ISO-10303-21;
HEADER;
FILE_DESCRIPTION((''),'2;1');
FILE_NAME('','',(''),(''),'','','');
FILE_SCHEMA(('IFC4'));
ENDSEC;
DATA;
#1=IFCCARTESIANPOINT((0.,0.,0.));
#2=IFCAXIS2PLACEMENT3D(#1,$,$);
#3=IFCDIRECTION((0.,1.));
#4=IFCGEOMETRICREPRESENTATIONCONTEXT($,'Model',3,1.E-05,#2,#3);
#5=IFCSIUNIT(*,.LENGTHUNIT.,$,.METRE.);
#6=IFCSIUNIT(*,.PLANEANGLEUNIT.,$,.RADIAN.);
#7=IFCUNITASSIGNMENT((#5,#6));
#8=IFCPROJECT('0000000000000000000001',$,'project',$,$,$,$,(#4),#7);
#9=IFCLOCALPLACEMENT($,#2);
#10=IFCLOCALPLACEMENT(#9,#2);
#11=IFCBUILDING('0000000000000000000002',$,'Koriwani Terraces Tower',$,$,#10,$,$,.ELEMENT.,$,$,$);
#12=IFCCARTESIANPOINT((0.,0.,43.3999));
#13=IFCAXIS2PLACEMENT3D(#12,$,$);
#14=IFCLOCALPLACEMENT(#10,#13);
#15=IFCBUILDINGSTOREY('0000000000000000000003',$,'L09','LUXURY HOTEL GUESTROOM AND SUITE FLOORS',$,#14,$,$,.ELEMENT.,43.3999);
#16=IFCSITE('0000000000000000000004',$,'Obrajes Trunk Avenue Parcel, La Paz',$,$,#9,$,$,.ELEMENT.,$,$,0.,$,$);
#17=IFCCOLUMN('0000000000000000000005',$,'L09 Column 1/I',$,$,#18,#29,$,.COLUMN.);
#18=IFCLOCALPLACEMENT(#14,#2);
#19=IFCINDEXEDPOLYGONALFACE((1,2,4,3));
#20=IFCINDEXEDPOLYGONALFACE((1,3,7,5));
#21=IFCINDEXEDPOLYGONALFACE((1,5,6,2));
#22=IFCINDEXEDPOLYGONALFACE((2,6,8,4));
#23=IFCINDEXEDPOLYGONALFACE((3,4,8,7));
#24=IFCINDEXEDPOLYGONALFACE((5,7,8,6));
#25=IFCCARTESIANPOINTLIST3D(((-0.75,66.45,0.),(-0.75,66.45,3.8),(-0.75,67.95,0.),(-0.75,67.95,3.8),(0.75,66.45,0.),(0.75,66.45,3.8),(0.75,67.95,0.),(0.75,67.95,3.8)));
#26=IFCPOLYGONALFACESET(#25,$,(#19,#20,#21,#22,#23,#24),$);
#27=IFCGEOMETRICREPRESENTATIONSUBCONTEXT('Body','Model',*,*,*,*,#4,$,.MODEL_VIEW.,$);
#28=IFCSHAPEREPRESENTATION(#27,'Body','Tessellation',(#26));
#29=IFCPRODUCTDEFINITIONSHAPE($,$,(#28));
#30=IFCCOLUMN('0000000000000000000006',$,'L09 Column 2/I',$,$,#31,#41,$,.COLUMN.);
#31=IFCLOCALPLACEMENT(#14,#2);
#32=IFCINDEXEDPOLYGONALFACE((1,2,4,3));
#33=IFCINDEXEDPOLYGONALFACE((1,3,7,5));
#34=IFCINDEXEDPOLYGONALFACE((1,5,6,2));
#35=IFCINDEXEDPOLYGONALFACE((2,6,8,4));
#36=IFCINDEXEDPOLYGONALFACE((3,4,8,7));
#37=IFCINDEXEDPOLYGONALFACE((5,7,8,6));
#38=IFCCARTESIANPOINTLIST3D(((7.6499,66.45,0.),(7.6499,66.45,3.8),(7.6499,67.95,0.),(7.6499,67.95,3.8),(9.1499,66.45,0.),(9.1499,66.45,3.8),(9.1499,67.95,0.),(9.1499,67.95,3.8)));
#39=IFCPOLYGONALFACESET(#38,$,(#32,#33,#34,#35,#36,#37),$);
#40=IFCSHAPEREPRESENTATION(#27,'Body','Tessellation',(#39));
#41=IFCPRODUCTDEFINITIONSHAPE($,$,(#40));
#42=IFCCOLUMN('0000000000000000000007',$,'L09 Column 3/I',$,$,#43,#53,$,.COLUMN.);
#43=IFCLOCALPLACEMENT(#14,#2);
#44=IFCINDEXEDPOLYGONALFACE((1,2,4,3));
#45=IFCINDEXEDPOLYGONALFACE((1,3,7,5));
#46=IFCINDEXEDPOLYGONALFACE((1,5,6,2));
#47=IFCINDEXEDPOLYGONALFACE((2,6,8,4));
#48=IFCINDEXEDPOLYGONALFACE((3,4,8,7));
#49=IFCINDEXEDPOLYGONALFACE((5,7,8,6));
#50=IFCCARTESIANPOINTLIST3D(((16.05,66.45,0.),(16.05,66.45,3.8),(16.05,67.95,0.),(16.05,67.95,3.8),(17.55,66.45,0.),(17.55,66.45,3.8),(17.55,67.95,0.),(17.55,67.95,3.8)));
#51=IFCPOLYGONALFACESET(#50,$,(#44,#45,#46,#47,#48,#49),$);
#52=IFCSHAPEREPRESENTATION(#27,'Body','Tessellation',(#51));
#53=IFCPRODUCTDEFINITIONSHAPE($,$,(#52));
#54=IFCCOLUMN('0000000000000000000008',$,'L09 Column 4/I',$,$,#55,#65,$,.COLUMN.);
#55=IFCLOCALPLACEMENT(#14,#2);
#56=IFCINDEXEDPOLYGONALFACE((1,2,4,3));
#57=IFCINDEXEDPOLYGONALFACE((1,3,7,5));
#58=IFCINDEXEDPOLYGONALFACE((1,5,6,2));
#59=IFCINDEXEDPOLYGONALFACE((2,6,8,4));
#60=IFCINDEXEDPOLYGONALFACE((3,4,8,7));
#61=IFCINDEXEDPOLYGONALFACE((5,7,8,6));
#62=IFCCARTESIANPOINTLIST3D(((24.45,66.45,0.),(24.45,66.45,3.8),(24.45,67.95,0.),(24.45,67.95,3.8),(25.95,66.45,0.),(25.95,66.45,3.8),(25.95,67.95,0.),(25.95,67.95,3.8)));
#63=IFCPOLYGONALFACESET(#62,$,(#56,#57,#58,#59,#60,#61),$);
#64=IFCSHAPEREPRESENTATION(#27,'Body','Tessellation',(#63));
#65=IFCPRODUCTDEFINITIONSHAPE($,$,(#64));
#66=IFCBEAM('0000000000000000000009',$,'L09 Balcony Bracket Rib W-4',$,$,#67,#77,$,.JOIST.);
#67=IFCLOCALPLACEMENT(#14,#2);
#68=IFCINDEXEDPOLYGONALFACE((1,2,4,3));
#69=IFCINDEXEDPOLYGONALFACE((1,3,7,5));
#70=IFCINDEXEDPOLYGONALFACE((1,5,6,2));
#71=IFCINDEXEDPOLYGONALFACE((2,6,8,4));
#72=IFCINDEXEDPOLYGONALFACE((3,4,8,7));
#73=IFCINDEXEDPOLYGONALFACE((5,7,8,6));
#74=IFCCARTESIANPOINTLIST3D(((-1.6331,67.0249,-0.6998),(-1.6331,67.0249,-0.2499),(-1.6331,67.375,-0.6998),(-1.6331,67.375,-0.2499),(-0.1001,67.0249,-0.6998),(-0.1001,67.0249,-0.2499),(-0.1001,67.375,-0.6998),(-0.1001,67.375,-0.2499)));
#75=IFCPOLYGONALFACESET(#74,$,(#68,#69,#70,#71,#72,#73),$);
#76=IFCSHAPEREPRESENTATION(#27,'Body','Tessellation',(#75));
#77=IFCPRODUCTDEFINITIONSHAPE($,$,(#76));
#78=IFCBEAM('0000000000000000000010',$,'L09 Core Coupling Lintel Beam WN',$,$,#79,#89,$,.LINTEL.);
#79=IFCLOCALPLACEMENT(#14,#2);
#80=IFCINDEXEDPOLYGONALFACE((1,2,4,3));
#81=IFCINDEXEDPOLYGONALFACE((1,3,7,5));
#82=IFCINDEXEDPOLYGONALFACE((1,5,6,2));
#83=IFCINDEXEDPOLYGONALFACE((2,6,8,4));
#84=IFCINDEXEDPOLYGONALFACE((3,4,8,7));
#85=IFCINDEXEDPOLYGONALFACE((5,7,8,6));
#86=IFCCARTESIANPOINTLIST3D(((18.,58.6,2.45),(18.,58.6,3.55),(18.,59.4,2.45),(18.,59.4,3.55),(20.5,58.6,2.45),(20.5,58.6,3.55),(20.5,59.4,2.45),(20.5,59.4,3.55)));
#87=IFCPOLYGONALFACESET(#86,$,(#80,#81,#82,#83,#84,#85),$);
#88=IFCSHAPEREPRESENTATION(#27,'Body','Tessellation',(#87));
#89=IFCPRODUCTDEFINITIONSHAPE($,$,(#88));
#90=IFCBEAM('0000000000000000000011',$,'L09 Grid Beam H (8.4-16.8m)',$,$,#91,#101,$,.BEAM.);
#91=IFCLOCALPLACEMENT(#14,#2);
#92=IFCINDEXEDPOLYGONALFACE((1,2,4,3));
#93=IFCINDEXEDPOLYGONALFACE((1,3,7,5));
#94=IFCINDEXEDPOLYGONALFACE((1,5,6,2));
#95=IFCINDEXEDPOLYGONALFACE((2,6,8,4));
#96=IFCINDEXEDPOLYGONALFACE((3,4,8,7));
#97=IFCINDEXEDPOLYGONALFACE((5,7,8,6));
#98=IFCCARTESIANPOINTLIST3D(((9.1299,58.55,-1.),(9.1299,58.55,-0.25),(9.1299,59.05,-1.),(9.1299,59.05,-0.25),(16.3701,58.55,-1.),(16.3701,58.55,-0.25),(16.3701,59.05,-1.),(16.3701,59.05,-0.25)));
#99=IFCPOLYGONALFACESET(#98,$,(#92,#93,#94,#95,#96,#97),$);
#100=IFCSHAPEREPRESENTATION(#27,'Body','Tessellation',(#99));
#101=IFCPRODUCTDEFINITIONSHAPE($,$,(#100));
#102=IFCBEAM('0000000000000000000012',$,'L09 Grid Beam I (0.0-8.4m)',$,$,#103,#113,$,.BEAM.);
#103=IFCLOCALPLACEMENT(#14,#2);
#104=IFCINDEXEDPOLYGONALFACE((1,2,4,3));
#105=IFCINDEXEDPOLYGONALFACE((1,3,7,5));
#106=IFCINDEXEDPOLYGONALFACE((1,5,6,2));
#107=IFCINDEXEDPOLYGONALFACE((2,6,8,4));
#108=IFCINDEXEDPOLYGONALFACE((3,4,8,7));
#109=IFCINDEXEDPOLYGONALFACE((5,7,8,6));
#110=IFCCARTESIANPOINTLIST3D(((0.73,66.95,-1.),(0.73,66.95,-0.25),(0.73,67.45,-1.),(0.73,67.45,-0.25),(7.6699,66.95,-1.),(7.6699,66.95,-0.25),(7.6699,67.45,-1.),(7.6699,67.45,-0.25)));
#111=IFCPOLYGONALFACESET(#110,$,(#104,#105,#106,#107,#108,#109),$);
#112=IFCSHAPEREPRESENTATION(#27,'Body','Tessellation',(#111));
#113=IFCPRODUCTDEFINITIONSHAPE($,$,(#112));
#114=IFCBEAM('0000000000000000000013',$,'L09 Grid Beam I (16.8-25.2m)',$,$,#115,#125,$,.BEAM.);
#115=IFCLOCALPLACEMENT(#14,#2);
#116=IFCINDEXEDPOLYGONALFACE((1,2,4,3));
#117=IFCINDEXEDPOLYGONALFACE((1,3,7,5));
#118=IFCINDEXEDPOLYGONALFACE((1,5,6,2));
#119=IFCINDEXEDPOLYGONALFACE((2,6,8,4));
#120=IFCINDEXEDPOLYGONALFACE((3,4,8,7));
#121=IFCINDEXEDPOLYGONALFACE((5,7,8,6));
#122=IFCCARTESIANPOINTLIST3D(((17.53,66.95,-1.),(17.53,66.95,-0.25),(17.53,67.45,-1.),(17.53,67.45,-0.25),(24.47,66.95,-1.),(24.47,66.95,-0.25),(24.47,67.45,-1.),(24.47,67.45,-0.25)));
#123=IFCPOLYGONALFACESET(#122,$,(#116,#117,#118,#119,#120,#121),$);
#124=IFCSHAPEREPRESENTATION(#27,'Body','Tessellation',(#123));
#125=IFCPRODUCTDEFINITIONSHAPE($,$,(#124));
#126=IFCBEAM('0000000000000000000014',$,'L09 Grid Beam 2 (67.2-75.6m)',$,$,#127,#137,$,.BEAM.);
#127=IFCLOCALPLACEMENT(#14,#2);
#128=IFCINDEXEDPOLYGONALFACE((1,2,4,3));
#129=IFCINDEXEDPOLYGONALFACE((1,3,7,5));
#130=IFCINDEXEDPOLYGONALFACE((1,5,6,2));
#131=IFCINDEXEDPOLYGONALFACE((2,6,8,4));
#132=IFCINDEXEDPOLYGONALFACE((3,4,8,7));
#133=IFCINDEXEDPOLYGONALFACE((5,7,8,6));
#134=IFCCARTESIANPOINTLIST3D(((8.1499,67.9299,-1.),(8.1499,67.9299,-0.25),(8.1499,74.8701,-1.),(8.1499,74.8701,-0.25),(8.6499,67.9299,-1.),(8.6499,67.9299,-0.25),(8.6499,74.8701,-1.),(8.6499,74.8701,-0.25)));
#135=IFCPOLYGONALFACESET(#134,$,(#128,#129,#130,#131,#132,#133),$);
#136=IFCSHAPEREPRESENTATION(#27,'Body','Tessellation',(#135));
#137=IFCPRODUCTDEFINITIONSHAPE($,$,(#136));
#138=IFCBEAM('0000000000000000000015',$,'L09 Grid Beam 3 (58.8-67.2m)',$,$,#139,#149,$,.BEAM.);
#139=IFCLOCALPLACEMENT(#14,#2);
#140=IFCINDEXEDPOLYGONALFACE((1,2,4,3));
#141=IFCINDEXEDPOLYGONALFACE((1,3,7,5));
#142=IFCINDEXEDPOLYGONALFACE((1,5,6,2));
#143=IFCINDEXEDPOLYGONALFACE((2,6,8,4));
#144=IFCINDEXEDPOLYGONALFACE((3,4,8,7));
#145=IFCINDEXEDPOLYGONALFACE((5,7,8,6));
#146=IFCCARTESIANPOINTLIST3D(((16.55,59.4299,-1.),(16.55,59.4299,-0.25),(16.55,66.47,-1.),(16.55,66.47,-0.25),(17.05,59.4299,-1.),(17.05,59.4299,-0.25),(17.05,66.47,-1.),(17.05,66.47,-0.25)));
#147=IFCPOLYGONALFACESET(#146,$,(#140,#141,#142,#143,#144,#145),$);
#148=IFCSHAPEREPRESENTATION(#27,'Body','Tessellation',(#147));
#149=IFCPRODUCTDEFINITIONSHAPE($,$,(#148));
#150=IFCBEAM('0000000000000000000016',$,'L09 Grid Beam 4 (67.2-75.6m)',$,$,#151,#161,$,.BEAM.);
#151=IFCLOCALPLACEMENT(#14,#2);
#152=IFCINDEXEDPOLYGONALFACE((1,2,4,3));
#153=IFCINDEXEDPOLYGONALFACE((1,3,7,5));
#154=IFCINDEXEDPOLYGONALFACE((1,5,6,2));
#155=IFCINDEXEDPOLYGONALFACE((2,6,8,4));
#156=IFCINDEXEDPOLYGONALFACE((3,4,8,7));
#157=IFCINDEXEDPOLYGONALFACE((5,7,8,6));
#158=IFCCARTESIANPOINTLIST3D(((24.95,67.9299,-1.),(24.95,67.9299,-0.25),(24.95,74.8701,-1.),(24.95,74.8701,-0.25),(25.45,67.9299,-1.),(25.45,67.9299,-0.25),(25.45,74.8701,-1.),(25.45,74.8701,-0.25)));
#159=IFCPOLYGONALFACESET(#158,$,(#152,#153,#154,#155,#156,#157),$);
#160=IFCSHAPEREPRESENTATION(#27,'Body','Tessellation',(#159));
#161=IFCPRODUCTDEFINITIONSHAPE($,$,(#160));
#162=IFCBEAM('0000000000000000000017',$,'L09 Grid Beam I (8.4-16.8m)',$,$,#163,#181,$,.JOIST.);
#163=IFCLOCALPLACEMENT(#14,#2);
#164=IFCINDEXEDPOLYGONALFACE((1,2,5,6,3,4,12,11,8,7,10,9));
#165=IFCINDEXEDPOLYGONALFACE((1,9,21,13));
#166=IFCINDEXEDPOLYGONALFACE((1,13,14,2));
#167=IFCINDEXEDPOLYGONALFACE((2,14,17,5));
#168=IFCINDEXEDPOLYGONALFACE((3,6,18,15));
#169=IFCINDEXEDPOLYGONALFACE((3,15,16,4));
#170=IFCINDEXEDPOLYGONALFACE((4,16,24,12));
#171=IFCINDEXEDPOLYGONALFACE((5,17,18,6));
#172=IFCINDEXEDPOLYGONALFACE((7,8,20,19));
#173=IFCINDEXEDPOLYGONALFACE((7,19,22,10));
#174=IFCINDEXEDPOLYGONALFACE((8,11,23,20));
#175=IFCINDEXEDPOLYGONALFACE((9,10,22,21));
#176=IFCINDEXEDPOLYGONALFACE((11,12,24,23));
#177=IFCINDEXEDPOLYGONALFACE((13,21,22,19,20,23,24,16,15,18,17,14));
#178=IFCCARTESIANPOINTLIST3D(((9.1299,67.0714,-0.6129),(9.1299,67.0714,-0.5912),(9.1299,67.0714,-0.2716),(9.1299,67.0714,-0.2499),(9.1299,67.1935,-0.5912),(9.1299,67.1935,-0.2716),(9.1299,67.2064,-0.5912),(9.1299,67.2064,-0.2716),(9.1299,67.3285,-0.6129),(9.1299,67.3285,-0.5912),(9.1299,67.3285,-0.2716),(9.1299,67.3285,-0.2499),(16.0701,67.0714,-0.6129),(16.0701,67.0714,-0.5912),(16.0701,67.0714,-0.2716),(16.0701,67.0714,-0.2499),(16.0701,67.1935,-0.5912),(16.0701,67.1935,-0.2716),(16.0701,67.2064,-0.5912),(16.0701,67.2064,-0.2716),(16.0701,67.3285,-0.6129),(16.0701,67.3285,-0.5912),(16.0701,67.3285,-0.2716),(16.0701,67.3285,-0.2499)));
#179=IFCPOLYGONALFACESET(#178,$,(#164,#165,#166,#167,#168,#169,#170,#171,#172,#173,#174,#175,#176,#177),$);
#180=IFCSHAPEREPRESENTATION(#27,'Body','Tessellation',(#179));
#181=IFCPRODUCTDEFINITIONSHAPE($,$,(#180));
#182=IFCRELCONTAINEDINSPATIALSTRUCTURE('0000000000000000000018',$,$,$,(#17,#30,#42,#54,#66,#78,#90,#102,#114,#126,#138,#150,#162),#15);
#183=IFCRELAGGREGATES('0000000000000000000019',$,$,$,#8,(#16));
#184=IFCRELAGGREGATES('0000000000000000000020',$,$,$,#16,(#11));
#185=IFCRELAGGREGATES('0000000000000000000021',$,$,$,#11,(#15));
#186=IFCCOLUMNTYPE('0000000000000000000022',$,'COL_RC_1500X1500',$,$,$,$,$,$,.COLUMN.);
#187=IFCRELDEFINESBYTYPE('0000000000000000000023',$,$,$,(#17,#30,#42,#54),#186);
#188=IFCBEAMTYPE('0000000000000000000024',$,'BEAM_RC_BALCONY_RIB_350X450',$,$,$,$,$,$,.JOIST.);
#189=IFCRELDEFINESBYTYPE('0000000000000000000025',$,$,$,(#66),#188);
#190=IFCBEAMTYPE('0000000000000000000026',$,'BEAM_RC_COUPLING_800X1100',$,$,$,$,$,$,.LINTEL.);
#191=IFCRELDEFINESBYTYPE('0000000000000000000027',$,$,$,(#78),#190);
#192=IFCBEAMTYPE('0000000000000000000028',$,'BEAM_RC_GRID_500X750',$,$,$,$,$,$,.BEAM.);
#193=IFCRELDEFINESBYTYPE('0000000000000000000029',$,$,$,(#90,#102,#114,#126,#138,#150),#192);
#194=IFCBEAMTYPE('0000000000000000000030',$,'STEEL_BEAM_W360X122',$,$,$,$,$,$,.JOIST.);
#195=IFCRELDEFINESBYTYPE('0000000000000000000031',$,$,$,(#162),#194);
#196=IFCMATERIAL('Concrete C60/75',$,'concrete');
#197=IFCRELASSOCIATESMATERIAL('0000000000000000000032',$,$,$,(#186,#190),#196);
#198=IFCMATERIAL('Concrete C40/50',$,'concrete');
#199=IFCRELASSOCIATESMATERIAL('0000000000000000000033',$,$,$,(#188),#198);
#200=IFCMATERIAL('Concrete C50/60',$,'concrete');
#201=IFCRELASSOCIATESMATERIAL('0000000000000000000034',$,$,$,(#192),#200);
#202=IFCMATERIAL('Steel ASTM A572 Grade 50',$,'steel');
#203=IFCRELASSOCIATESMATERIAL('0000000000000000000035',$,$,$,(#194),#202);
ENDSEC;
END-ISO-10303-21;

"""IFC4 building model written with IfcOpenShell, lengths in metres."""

from ifc_helpers import new_model, si_unit, direction, frame, origin, origin_2d, place, context, subcontext, project, spatial, rectangle, i_section, extrude, material, material_profile, profile_set, type_object, element, save


model = new_model("IFC4")

# Units and contexts
model_context = context("Model", 3, precision=1e-05, world=origin(), true_north=direction((0.0, 1.0)))
body_context = subcontext(model_context, "Body", "Model", "MODEL_VIEW")
ifc_project = project(units=[si_unit("LENGTHUNIT", "METRE"), si_unit("PLANEANGLEUNIT", "RADIAN")], contexts=[model_context])

# Site, building, storey
site_placement = place(None, origin())
site = spatial("IfcSite", under=ifc_project, at=site_placement, Name="Obrajes Trunk Avenue Parcel, La Paz", CompositionType="ELEMENT", RefElevation=0.0)
building_placement = place(site_placement, origin())
building = spatial("IfcBuilding", under=site, at=building_placement, Name="Koriwani Terraces Tower", CompositionType="ELEMENT")
storey_placement = place(building_placement, frame((0.0, 0.0, 43.3999)))
storey = spatial("IfcBuildingStorey", under=building, at=storey_placement, Name="L09", Description="LUXURY HOTEL GUESTROOM AND SUITE FLOORS", CompositionType="ELEMENT", Elevation=43.3999)

# Columns
ifc_material_1 = material(Name="Concrete C60/75", Category="concrete")
ifc_material_profile_1 = material_profile(ifc_material_1, rectangle(XDim=1.5, YDim=1.5, at=origin_2d()), Name="Concrete C60/75", Category="LoadBearing")
ifc_profile_set_1 = profile_set([ifc_material_profile_1], Name="Concrete C60/75")
column_type = type_object("IfcColumnType", Name="COL_RC_1500X1500", PredefinedType="COLUMN", material=ifc_profile_set_1)
for number, where, z_axis, x_axis, name in (
    (1, (0.0, 67.2, 0.0), (0.0, 0.0, 1.0), (1.0, 0.0, 0.0), "L09 Column 1/I"),
    (2, (8.3999, 67.2, 0.0), (0.0, 0.0, 1.0), (1.0, 0.0, 0.0), "L09 Column 2/I"),
    (3, (16.8, 67.2, 0.0), (0.0, 0.0, 1.0), (1.0, 0.0, 0.0), "L09 Column 3/I"),
    (4, (25.2, 67.2, 0.0), (0.0, 0.0, 1.0), (1.0, 0.0, 0.0), "L09 Column 4/I"),
):
    element("IfcColumn", number, at=place(storey_placement, frame(where, z_axis=z_axis, x_axis=x_axis)), inside=storey, type_object=column_type, Name=name, PredefinedType="COLUMN", context=body_context, shape_type="SweptSolid", body=[
        extrude(rectangle(XDim=1.5, YDim=1.5, at=origin_2d()), origin(), (0.0, 0.0, 1.0), 3.8),
    ])

# Beams
ifc_material_2 = material(Name="Concrete C40/50", Category="concrete")
ifc_material_profile_2 = material_profile(ifc_material_2, rectangle(XDim=0.3501, YDim=0.45, at=origin_2d()), Name="Concrete C40/50", Category="LoadBearing")
ifc_profile_set_2 = profile_set([ifc_material_profile_2], Name="Concrete C40/50")
beam_type_1 = type_object("IfcBeamType", Name="BEAM_RC_BALCONY_RIB_350X450", PredefinedType="JOIST", material=ifc_profile_set_2)
beam_1_placement = place(storey_placement, frame((-1.6331, 67.2, -0.4749), z_axis=(1.0, 0.0, 0.0), x_axis=(0.0, 1.0, 0.0)))
element("IfcBeam", 5, at=beam_1_placement, inside=storey, type_object=beam_type_1, Name="L09 Balcony Bracket Rib W-4", PredefinedType="JOIST", context=body_context, shape_type="SweptSolid", body=[
    extrude(rectangle(XDim=0.3501, YDim=0.45, at=origin_2d()), origin(), (0.0, 0.0, 1.0), 1.533),
])
ifc_material_profile_3 = material_profile(ifc_material_1, rectangle(XDim=0.8, YDim=1.1001, at=origin_2d()), Name="Concrete C60/75", Category="LoadBearing")
ifc_profile_set_3 = profile_set([ifc_material_profile_3], Name="Concrete C60/75")
beam_type_2 = type_object("IfcBeamType", Name="BEAM_RC_COUPLING_800X1100", PredefinedType="LINTEL", material=ifc_profile_set_3)
beam_2_placement = place(storey_placement, frame((18.0, 59.0, 3.0), z_axis=(1.0, 0.0, 0.0), x_axis=(0.0, 1.0, 0.0)))
element("IfcBeam", 6, at=beam_2_placement, inside=storey, type_object=beam_type_2, Name="L09 Core Coupling Lintel Beam WN", PredefinedType="LINTEL", context=body_context, shape_type="SweptSolid", body=[
    extrude(rectangle(XDim=0.8, YDim=1.1001, at=origin_2d()), origin(), (0.0, 0.0, 1.0), 2.5),
])
ifc_material_3 = material(Name="Concrete C50/60", Category="concrete")
ifc_material_profile_4 = material_profile(ifc_material_3, rectangle(XDim=0.5, YDim=0.75, at=origin_2d()), Name="Concrete C50/60", Category="LoadBearing")
ifc_profile_set_4 = profile_set([ifc_material_profile_4], Name="Concrete C50/60")
beam_type_3 = type_object("IfcBeamType", Name="BEAM_RC_GRID_500X750", PredefinedType="BEAM", material=ifc_profile_set_4)
beam_3_placement = place(storey_placement, frame((9.1299, 58.8, -0.625), z_axis=(1.0, 0.0, 0.0), x_axis=(0.0, 1.0, 0.0)))
element("IfcBeam", 7, at=beam_3_placement, inside=storey, type_object=beam_type_3, Name="L09 Grid Beam H (8.4-16.8m)", PredefinedType="BEAM", context=body_context, shape_type="SweptSolid", body=[
    extrude(rectangle(XDim=0.5, YDim=0.75, at=origin_2d()), origin(), (0.0, 0.0, 1.0), 7.2402),
])
for number, where, z_axis, x_axis, name in (
    (8, (0.73, 67.2, -0.625), (1.0, 0.0, 0.0), (0.0, 1.0, 0.0), "L09 Grid Beam I (0.0-8.4m)"),
    (9, (17.53, 67.2, -0.625), (1.0, 0.0, 0.0), (0.0, 1.0, 0.0), "L09 Grid Beam I (16.8-25.2m)"),
):
    element("IfcBeam", number, at=place(storey_placement, frame(where, z_axis=z_axis, x_axis=x_axis)), inside=storey, type_object=beam_type_3, Name=name, PredefinedType="BEAM", context=body_context, shape_type="SweptSolid", body=[
        extrude(rectangle(XDim=0.5, YDim=0.75, at=origin_2d()), origin(), (0.0, 0.0, 1.0), 6.9399),
    ])
beam_4_placement = place(storey_placement, frame((8.3999, 67.9299, -0.625), z_axis=(0.0, 1.0, 0.0), x_axis=(-1.0, 0.0, 0.0)))
element("IfcBeam", 10, at=beam_4_placement, inside=storey, type_object=beam_type_3, Name="L09 Grid Beam 2 (67.2-75.6m)", PredefinedType="BEAM", context=body_context, shape_type="SweptSolid", body=[
    extrude(rectangle(XDim=0.5, YDim=0.75, at=origin_2d()), origin(), (0.0, 0.0, 1.0), 6.9402),
])
beam_5_placement = place(storey_placement, frame((16.8, 59.4299, -0.625), z_axis=(0.0, 1.0, 0.0), x_axis=(-1.0, 0.0, 0.0)))
element("IfcBeam", 11, at=beam_5_placement, inside=storey, type_object=beam_type_3, Name="L09 Grid Beam 3 (58.8-67.2m)", PredefinedType="BEAM", context=body_context, shape_type="SweptSolid", body=[
    extrude(rectangle(XDim=0.5, YDim=0.75, at=origin_2d()), origin(), (0.0, 0.0, 1.0), 7.04),
])
beam_6_placement = place(storey_placement, frame((25.2, 67.9299, -0.625), z_axis=(0.0, 1.0, 0.0), x_axis=(-1.0, 0.0, 0.0)))
element("IfcBeam", 12, at=beam_6_placement, inside=storey, type_object=beam_type_3, Name="L09 Grid Beam 4 (67.2-75.6m)", PredefinedType="BEAM", context=body_context, shape_type="SweptSolid", body=[
    extrude(rectangle(XDim=0.5, YDim=0.75, at=origin_2d()), origin(), (0.0, 0.0, 1.0), 6.9402),
])
ifc_material_4 = material(Name="Steel ASTM A572 Grade 50", Category="steel")
ifc_material_profile_5 = material_profile(ifc_material_4, i_section(OverallWidth=0.2571, OverallDepth=0.363, WebThickness=0.0129, FlangeThickness=0.0217, at=origin_2d()), Name="Steel ASTM A572 Grade 50", Category="LoadBearing")
ifc_profile_set_5 = profile_set([ifc_material_profile_5], Name="Steel ASTM A572 Grade 50")
beam_type_4 = type_object("IfcBeamType", Name="STEEL_BEAM_W360X122", PredefinedType="JOIST", material=ifc_profile_set_5)
beam_7_placement = place(storey_placement, frame((9.1299, 67.2, -0.4314), z_axis=(1.0, 0.0, 0.0), x_axis=(0.0, 1.0, 0.0)))
element("IfcBeam", 13, at=beam_7_placement, inside=storey, type_object=beam_type_4, Name="L09 Grid Beam I (8.4-16.8m)", PredefinedType="JOIST", context=body_context, shape_type="SweptSolid", body=[
    extrude(i_section(OverallWidth=0.2571, OverallDepth=0.363, WebThickness=0.0129, FlangeThickness=0.0217, at=origin_2d()), origin(), (0.0, 0.0, 1.0), 6.9402),
])

save(model, "model.ifc")
